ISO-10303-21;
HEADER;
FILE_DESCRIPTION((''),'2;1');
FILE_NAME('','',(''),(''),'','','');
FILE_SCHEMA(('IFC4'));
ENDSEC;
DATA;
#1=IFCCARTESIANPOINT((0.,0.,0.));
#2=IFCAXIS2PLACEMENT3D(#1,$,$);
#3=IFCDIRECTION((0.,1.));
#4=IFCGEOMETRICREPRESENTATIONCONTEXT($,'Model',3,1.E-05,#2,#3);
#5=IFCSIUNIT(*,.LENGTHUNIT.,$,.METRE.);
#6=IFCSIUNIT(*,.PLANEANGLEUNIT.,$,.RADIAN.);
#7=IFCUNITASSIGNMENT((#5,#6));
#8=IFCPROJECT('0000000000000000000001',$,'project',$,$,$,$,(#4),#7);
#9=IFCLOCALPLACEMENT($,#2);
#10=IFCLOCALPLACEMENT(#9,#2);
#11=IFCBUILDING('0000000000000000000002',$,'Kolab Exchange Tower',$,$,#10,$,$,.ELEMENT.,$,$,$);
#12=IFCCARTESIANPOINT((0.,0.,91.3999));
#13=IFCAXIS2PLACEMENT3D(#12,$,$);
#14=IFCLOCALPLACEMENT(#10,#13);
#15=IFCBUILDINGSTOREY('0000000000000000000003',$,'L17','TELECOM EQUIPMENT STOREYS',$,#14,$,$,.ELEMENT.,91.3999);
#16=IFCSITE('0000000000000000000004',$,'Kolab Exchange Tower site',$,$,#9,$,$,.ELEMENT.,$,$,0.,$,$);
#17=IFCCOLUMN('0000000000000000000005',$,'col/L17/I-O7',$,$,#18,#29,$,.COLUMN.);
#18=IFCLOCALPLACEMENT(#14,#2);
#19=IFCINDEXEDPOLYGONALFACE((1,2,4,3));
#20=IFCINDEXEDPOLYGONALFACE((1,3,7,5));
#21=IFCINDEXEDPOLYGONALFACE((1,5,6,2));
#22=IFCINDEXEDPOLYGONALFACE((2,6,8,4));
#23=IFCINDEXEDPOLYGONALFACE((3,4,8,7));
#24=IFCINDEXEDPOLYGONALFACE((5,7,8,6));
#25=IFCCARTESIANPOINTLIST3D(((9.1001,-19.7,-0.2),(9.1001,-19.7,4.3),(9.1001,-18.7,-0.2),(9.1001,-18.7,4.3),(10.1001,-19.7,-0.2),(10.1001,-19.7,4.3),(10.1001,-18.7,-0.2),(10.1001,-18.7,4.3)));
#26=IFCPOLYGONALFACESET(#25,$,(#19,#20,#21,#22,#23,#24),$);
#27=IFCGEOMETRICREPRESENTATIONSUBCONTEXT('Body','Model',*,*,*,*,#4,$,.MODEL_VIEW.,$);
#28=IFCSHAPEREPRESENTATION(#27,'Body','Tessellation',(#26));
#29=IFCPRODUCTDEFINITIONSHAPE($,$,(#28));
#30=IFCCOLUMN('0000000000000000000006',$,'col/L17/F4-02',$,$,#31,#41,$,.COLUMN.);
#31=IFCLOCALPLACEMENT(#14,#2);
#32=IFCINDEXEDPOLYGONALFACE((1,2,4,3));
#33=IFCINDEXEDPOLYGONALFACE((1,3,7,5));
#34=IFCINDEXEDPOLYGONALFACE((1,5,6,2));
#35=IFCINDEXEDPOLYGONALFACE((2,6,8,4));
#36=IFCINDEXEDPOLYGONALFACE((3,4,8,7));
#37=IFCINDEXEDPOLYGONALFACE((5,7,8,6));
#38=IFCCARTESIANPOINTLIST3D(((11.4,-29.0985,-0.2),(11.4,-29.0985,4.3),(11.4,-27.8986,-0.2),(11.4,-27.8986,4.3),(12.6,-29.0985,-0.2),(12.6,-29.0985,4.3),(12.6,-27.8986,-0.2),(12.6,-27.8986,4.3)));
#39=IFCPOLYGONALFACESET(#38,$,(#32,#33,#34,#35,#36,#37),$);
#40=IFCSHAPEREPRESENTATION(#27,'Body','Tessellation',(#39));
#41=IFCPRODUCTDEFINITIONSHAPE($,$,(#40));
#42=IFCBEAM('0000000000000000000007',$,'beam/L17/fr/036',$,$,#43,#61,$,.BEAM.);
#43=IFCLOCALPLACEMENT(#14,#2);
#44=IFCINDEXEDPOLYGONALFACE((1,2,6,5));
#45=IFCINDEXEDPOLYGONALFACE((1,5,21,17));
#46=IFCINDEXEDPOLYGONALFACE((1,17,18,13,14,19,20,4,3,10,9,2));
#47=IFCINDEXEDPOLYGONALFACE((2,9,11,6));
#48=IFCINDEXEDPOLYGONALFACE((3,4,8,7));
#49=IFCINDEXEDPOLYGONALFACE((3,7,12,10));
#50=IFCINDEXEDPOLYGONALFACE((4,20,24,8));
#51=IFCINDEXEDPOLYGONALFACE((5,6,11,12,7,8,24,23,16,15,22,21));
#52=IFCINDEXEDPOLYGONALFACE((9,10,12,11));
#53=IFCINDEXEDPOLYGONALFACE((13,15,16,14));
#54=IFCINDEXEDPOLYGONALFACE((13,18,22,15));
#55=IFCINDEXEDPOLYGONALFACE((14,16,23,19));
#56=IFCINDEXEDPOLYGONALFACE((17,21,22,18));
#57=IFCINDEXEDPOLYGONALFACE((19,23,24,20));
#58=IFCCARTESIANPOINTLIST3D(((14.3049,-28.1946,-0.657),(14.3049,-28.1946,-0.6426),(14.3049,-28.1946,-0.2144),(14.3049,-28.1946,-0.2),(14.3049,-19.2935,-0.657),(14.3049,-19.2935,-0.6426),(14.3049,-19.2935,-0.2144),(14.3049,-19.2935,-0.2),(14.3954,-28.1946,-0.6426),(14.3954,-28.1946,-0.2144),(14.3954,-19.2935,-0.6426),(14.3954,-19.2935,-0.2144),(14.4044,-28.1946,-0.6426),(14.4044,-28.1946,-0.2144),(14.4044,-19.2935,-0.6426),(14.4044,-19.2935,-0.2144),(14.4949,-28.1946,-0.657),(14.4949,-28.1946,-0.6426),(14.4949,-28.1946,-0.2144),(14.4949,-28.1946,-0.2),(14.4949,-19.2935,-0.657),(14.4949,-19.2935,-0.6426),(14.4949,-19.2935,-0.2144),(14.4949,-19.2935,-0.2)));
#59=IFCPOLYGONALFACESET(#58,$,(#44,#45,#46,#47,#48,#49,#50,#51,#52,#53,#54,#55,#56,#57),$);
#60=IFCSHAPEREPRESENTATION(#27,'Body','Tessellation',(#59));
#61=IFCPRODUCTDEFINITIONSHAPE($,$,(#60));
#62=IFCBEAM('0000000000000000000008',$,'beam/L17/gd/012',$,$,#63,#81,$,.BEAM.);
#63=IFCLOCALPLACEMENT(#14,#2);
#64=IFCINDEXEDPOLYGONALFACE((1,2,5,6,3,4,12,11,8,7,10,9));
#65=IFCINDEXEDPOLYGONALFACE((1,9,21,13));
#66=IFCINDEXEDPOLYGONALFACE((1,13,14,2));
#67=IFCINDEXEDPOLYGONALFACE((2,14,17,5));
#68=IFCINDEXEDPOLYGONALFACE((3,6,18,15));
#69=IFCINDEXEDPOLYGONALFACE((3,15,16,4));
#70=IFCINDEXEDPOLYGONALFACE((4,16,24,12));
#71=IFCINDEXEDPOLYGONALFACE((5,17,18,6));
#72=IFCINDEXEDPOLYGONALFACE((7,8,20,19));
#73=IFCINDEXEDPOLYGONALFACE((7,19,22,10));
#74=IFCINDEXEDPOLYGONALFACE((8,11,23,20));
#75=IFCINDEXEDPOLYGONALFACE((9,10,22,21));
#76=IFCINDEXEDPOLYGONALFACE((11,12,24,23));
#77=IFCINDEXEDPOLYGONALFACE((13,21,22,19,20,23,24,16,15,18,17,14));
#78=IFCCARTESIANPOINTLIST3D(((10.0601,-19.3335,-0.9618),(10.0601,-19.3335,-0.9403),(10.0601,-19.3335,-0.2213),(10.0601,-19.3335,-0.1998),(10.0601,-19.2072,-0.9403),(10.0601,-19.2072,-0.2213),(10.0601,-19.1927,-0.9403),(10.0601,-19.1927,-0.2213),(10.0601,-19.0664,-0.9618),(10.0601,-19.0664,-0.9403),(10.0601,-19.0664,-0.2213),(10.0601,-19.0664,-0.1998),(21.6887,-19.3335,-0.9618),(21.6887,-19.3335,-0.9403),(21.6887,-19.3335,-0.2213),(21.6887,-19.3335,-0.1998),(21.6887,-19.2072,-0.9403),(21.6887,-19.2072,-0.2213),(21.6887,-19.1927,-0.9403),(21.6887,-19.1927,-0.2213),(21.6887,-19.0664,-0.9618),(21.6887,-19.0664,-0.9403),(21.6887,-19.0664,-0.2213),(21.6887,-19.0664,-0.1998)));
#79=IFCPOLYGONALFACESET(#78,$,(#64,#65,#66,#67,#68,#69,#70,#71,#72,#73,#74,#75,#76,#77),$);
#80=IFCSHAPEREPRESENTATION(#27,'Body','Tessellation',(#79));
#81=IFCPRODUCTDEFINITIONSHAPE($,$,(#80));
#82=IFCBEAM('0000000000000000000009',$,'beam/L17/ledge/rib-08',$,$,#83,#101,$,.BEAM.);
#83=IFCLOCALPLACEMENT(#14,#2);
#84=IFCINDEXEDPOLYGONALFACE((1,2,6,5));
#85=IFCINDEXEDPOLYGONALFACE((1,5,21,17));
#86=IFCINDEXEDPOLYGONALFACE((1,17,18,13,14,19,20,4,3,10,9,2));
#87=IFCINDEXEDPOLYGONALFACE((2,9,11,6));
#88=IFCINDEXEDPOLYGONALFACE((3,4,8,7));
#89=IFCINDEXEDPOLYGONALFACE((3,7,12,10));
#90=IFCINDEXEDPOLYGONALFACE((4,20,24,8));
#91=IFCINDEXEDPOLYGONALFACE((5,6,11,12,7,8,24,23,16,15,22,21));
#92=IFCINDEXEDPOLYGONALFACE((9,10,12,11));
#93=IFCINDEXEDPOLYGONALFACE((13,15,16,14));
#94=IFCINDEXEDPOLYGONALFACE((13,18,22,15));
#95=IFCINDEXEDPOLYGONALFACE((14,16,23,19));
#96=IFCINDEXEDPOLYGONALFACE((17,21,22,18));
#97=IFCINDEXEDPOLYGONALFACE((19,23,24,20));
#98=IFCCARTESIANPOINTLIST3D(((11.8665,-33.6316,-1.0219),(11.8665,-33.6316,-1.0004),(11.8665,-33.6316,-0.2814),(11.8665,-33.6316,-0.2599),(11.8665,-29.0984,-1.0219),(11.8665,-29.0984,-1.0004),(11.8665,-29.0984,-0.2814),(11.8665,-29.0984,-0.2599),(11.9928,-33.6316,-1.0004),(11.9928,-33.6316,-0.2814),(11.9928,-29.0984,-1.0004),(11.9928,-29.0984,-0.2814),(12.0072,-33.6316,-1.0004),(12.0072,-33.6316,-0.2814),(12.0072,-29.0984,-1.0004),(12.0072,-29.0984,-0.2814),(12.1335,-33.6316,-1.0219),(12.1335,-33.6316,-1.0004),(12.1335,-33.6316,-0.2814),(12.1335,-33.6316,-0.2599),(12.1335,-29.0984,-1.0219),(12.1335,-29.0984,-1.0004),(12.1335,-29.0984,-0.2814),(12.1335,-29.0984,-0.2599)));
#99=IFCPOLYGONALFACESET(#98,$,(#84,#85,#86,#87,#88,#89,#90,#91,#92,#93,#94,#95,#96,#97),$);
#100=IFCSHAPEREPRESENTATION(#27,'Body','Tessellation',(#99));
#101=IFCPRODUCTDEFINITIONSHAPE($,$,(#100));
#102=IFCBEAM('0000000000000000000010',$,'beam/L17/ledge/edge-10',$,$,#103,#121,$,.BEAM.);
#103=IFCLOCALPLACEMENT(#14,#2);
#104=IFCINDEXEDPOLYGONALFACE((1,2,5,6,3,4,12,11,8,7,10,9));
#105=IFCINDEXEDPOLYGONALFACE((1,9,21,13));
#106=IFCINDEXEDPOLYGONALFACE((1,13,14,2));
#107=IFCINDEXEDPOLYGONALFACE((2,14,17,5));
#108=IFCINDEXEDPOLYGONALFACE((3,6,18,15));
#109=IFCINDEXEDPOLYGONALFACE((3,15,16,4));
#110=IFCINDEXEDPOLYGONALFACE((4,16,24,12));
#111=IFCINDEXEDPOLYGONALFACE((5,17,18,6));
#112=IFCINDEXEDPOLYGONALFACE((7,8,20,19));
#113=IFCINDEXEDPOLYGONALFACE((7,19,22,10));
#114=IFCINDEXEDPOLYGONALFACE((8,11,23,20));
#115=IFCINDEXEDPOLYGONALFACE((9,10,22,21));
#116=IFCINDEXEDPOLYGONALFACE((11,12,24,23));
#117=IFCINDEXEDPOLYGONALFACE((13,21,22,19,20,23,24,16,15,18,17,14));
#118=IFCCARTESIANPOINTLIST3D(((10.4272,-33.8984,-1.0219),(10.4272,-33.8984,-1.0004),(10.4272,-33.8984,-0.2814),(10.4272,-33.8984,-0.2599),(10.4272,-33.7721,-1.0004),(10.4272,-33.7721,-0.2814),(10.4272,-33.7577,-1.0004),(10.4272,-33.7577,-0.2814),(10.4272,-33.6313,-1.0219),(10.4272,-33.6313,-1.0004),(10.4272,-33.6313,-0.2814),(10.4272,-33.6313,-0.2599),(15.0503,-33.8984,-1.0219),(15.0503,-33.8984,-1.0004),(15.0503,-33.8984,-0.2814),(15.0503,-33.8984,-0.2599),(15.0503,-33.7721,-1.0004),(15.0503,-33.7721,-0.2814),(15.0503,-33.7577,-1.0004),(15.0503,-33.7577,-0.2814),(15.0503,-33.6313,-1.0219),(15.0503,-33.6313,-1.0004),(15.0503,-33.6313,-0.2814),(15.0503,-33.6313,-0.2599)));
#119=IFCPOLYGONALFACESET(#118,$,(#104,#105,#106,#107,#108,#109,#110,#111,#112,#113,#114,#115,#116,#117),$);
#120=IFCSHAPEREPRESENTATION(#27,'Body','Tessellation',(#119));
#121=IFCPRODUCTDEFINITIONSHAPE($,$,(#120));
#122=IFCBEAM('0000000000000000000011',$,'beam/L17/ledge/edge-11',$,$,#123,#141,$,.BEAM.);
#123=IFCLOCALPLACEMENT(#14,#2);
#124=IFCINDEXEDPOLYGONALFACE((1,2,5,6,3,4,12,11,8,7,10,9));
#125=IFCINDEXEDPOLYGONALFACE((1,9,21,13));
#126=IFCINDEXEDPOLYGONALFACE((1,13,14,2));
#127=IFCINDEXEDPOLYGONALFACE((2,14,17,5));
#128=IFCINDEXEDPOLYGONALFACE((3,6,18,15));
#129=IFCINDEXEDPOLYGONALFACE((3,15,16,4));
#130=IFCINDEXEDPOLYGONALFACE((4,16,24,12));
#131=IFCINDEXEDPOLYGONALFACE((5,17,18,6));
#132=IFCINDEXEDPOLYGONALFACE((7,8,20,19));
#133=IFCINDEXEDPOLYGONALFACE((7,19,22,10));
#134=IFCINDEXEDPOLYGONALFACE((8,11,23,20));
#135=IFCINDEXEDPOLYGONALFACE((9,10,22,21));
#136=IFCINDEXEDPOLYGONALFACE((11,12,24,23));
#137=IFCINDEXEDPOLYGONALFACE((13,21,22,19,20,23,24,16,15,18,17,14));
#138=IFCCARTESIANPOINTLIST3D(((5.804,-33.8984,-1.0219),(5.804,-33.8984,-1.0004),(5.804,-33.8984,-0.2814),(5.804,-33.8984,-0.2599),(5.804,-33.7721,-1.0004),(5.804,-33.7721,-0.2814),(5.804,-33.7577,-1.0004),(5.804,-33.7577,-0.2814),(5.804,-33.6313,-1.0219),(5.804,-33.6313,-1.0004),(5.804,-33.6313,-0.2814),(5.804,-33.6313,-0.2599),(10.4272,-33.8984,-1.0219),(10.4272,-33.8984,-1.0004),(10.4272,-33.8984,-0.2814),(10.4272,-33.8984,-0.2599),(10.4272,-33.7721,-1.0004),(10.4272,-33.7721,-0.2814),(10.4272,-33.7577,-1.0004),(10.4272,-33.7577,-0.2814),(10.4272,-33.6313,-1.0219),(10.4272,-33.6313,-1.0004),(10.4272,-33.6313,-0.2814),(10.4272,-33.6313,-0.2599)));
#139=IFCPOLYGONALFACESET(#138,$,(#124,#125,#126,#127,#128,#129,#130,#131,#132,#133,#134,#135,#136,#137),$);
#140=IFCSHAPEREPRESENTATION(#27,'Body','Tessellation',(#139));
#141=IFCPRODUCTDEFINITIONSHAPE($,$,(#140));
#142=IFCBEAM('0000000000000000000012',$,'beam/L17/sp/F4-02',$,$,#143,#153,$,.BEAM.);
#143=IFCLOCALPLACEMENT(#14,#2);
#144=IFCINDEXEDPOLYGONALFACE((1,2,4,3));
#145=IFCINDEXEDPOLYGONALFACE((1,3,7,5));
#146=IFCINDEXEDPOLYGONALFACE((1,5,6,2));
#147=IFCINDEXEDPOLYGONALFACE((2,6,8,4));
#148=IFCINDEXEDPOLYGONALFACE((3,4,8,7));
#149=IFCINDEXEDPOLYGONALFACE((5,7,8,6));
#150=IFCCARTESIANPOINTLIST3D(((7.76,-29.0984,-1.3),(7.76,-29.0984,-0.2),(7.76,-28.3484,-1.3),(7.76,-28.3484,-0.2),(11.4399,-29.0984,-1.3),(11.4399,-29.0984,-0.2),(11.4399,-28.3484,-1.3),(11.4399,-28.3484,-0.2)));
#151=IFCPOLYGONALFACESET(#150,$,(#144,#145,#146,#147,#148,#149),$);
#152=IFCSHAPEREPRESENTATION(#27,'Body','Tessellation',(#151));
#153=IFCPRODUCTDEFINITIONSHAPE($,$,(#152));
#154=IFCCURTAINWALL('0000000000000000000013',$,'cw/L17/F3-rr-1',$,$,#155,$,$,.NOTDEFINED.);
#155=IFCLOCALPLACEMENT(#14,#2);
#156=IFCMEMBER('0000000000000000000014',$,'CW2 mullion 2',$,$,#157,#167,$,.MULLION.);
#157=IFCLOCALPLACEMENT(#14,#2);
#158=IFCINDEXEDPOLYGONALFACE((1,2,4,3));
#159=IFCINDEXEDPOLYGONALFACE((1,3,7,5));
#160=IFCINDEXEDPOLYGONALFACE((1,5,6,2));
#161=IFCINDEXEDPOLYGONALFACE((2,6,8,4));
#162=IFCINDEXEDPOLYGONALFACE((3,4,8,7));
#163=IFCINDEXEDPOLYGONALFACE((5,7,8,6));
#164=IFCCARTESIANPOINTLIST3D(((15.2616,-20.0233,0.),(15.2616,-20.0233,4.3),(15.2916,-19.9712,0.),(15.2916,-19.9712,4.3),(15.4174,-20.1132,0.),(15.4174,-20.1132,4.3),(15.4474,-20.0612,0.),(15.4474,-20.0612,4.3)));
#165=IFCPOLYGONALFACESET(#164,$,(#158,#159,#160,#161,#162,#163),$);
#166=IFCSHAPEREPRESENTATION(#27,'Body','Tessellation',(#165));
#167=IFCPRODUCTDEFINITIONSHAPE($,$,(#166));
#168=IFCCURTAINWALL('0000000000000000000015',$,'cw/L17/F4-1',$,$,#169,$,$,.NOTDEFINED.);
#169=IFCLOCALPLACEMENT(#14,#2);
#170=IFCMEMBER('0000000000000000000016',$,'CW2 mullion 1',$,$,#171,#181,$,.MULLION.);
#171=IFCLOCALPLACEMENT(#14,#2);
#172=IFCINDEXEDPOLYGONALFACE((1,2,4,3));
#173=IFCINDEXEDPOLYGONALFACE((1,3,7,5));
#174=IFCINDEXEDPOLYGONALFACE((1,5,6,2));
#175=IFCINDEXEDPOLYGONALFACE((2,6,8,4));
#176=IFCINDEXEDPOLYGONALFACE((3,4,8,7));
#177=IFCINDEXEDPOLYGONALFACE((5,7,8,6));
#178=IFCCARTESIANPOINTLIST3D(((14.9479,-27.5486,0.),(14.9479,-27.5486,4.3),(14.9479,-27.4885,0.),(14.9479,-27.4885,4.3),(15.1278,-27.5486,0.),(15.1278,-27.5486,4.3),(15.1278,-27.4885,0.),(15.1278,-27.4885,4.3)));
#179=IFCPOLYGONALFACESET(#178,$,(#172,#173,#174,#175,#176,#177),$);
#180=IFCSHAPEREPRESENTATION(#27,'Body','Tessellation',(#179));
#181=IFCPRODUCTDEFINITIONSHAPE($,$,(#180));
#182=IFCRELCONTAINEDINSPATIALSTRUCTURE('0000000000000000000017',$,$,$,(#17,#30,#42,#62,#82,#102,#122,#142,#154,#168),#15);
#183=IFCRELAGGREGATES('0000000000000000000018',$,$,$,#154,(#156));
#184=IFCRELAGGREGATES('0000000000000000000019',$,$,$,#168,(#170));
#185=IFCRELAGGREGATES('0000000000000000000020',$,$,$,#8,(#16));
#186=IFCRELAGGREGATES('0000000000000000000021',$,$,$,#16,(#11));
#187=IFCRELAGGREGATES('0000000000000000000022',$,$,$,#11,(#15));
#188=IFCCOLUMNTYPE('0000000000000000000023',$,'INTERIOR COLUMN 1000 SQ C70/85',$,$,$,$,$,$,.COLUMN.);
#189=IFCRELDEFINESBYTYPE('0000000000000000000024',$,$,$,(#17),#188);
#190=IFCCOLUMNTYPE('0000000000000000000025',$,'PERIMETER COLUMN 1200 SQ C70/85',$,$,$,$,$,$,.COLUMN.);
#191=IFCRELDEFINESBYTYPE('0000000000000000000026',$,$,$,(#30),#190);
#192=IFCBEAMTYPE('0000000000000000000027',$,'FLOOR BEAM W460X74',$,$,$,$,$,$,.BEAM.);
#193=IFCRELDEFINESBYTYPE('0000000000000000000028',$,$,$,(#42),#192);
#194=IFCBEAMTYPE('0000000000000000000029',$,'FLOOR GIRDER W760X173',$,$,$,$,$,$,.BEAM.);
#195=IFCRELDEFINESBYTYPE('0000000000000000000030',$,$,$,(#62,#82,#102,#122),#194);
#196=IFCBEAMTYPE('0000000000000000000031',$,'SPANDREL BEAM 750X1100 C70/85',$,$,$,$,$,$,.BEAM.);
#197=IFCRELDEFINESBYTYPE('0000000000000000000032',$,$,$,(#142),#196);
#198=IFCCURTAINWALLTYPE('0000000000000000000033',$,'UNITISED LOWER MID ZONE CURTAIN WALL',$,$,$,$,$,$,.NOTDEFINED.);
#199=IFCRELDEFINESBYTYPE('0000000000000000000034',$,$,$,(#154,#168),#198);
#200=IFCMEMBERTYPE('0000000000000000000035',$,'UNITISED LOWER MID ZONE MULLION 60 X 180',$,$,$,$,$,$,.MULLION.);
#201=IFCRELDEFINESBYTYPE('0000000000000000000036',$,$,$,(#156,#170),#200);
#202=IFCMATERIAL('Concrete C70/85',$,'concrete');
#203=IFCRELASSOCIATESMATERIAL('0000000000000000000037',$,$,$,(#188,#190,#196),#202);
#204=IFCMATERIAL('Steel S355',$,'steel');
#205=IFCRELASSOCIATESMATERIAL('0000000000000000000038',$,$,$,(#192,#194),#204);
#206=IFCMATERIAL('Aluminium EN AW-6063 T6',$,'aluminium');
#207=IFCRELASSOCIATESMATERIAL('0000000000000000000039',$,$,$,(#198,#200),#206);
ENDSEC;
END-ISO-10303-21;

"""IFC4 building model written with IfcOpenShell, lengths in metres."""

from ifc_helpers import new_model, si_unit, direction, frame, origin, origin_2d, place, context, subcontext, project, spatial, rectangle, i_section, extrude, material, material_profile, profile_set, type_object, element, aggregate, save


model = new_model("IFC4")

# Units and contexts
model_context = context("Model", 3, precision=1e-05, world=origin(), true_north=direction((0.0, 1.0)))
body_context = subcontext(model_context, "Body", "Model", "MODEL_VIEW")
ifc_project = project(units=[si_unit("LENGTHUNIT", "METRE"), si_unit("PLANEANGLEUNIT", "RADIAN")], contexts=[model_context])

# Site, building, storey
site_placement = place(None, origin())
site = spatial("IfcSite", under=ifc_project, at=site_placement, Name="Kolab Exchange Tower site", CompositionType="ELEMENT", RefElevation=0.0)
building_placement = place(site_placement, origin())
building = spatial("IfcBuilding", under=site, at=building_placement, Name="Kolab Exchange Tower", CompositionType="ELEMENT")
storey_placement = place(building_placement, frame((0.0, 0.0, 91.3999)))
storey = spatial("IfcBuildingStorey", under=building, at=storey_placement, Name="L17", Description="TELECOM EQUIPMENT STOREYS", CompositionType="ELEMENT", Elevation=91.3999)

# Columns
ifc_material_1 = material(Name="Concrete C70/85", Category="concrete")
ifc_material_profile_1 = material_profile(ifc_material_1, rectangle(XDim=1.0, YDim=1.0, at=origin_2d()), Name="RC1000")
ifc_profile_set_1 = profile_set([ifc_material_profile_1], Name="Concrete C70/85")
column_type_1 = type_object("IfcColumnType", Name="INTERIOR COLUMN 1000 SQ C70/85", PredefinedType="COLUMN", material=ifc_profile_set_1)
column_1_placement = place(storey_placement, frame((9.6001, -19.2, -0.2), z_axis=(0.0, 0.0, 1.0), x_axis=(1.0, 0.0, 0.0)))
element("IfcColumn", 1, at=column_1_placement, inside=storey, type_object=column_type_1, Name="col/L17/I-O7", PredefinedType="COLUMN", context=body_context, shape_type="SweptSolid", body=[
    extrude(rectangle(XDim=1.0, YDim=1.0, at=origin_2d()), origin(), (0.0, 0.0, 1.0), 4.5),
])
ifc_material_profile_2 = material_profile(ifc_material_1, rectangle(XDim=1.2, YDim=1.2, at=origin_2d()), Name="RC1200")
ifc_profile_set_2 = profile_set([ifc_material_profile_2], Name="Concrete C70/85")
column_type_2 = type_object("IfcColumnType", Name="PERIMETER COLUMN 1200 SQ C70/85", PredefinedType="COLUMN", material=ifc_profile_set_2)
column_2_placement = place(storey_placement, frame((12.0, -28.4985, -0.2), z_axis=(0.0, 0.0, 1.0), x_axis=(1.0, 0.0, 0.0)))
element("IfcColumn", 2, at=column_2_placement, inside=storey, type_object=column_type_2, Name="col/L17/F4-02", PredefinedType="COLUMN", context=body_context, shape_type="SweptSolid", body=[
    extrude(rectangle(XDim=1.2, YDim=1.2, at=origin_2d()), origin(), (0.0, 0.0, 1.0), 4.5),
])

# Beams
ifc_material_2 = material(Name="Steel S355", Category="steel")
ifc_material_profile_3 = material_profile(ifc_material_2, i_section(OverallWidth=0.1899, OverallDepth=0.457, WebThickness=0.009, FlangeThickness=0.0144, at=origin_2d()), Name="W460X74")
ifc_profile_set_3 = profile_set([ifc_material_profile_3], Name="Steel S355")
beam_type_1 = type_object("IfcBeamType", Name="FLOOR BEAM W460X74", PredefinedType="BEAM", material=ifc_profile_set_3)
beam_1_placement = place(storey_placement, frame((14.3999, -28.1946, -0.4285), z_axis=(0.0, 1.0, 0.0), x_axis=(-1.0, 0.0, 0.0)))
element("IfcBeam", 3, at=beam_1_placement, inside=storey, type_object=beam_type_1, Name="beam/L17/fr/036", PredefinedType="BEAM", context=body_context, shape_type="SweptSolid", body=[
    extrude(i_section(OverallWidth=0.1899, OverallDepth=0.457, WebThickness=0.009, FlangeThickness=0.0144, at=origin_2d()), origin(), (0.0, 0.0, 1.0), 8.9011),
])
ifc_material_profile_4 = material_profile(ifc_material_2, i_section(OverallWidth=0.2671, OverallDepth=0.762, WebThickness=0.0144, FlangeThickness=0.0215, at=origin_2d()), Name="W760X173")
ifc_profile_set_4 = profile_set([ifc_material_profile_4], Name="Steel S355")
beam_type_2 = type_object("IfcBeamType", Name="FLOOR GIRDER W760X173", PredefinedType="BEAM", material=ifc_profile_set_4)
beam_2_placement = place(storey_placement, frame((10.0601, -19.2, -0.5808), z_axis=(1.0, 0.0, 0.0), x_axis=(0.0, 1.0, 0.0)))
element("IfcBeam", 4, at=beam_2_placement, inside=storey, type_object=beam_type_2, Name="beam/L17/gd/012", PredefinedType="BEAM", context=body_context, shape_type="SweptSolid", body=[
    extrude(i_section(OverallWidth=0.2671, OverallDepth=0.762, WebThickness=0.0144, FlangeThickness=0.0215, at=origin_2d()), origin(), (0.0, 0.0, 1.0), 11.6287),
])
beam_3_placement = place(storey_placement, frame((12.0, -29.0984, -0.6409), z_axis=(0.0, -1.0, 0.0), x_axis=(1.0, 0.0, 0.0)))
element("IfcBeam", 5, at=beam_3_placement, inside=storey, type_object=beam_type_2, Name="beam/L17/ledge/rib-08", PredefinedType="BEAM", context=body_context, shape_type="SweptSolid", body=[
    extrude(i_section(OverallWidth=0.2671, OverallDepth=0.762, WebThickness=0.0144, FlangeThickness=0.0215, at=origin_2d()), origin(), (0.0, 0.0, 1.0), 4.5332),
])
beam_4_placement = place(storey_placement, frame((15.0503, -33.7649, -0.6409), z_axis=(-1.0, 0.0, 0.0), x_axis=(0.0, -1.0, 0.0)))
element("IfcBeam", 6, at=beam_4_placement, inside=storey, type_object=beam_type_2, Name="beam/L17/ledge/edge-10", PredefinedType="BEAM", context=body_context, shape_type="SweptSolid", body=[
    extrude(i_section(OverallWidth=0.2671, OverallDepth=0.762, WebThickness=0.0144, FlangeThickness=0.0215, at=origin_2d()), origin(), (0.0, 0.0, 1.0), 4.623),
])
beam_5_placement = place(storey_placement, frame((10.4272, -33.7649, -0.6409), z_axis=(-1.0, 0.0, 0.0), x_axis=(0.0, -1.0, 0.0)))
element("IfcBeam", 7, at=beam_5_placement, inside=storey, type_object=beam_type_2, Name="beam/L17/ledge/edge-11", PredefinedType="BEAM", context=body_context, shape_type="SweptSolid", body=[
    extrude(i_section(OverallWidth=0.2671, OverallDepth=0.762, WebThickness=0.0144, FlangeThickness=0.0215, at=origin_2d()), origin(), (0.0, 0.0, 1.0), 4.6233),
])
ifc_material_profile_5 = material_profile(ifc_material_1, rectangle(XDim=0.75, YDim=1.1001, at=origin_2d()), Name="RC750X1100")
ifc_profile_set_5 = profile_set([ifc_material_profile_5], Name="Concrete C70/85")
beam_type_3 = type_object("IfcBeamType", Name="SPANDREL BEAM 750X1100 C70/85", PredefinedType="BEAM", material=ifc_profile_set_5)
beam_6_placement = place(storey_placement, frame((11.4399, -28.7234, -0.75), z_axis=(-1.0, 0.0, 0.0), x_axis=(0.0, -1.0, 0.0)))
element("IfcBeam", 8, at=beam_6_placement, inside=storey, type_object=beam_type_3, Name="beam/L17/sp/F4-02", PredefinedType="BEAM", context=body_context, shape_type="SweptSolid", body=[
    extrude(rectangle(XDim=0.75, YDim=1.1001, at=origin_2d()), origin(), (0.0, 0.0, 1.0), 3.6799),
])

# Curtain wall, member
ifc_material_3 = material(Name="Aluminium EN AW-6063 T6", Category="aluminium")
curtain_wall_type = type_object("IfcCurtainWallType", Name="UNITISED LOWER MID ZONE CURTAIN WALL", PredefinedType="NOTDEFINED", material=ifc_material_3)
curtain_wall_1_placement = place(storey_placement, origin())
curtain_wall_1 = element("IfcCurtainWall", 9, at=curtain_wall_1_placement, inside=storey, type_object=curtain_wall_type, Name="cw/L17/F3-rr-1", PredefinedType="NOTDEFINED")
ifc_material_profile_6 = material_profile(ifc_material_3, rectangle(XDim=0.0601, YDim=0.1799, at=origin_2d()), Name="RECT 60X180")
ifc_profile_set_6 = profile_set([ifc_material_profile_6], Name="Aluminium EN AW-6063 T6")
member_type_1 = type_object("IfcMemberType", Name="UNITISED LOWER MID ZONE MULLION 60 X 180", PredefinedType="MULLION", material=ifc_profile_set_6)
member_1_placement = place(storey_placement, frame((15.3545, -20.0422, 0.0), z_axis=(0.0, 0.0, 1.0), x_axis=(0.5, 0.866025, 0.0)))
member_1 = element("IfcMember", 10, at=member_1_placement, type_object=member_type_1, Name="CW2 mullion 2", PredefinedType="MULLION", context=body_context, shape_type="SweptSolid", body=[
    extrude(rectangle(XDim=0.0601, YDim=0.1799, at=origin_2d()), origin(), (0.0, 0.0, 1.0), 4.3),
])

# Curtain wall, member
curtain_wall_2_placement = place(storey_placement, origin())
curtain_wall_2 = element("IfcCurtainWall", 11, at=curtain_wall_2_placement, inside=storey, type_object=curtain_wall_type, Name="cw/L17/F4-1", PredefinedType="NOTDEFINED")
member_2_placement = place(storey_placement, frame((15.0378, -27.5186, 0.0), z_axis=(0.0, 0.0, 1.0), x_axis=(0.0, -1.0, 0.0)))
member_2 = element("IfcMember", 12, at=member_2_placement, type_object=member_type_1, Name="CW2 mullion 1", PredefinedType="MULLION", context=body_context, shape_type="SweptSolid", body=[
    extrude(rectangle(XDim=0.0601, YDim=0.1799, at=origin_2d()), origin(), (0.0, 0.0, 1.0), 4.3),
])

aggregate(curtain_wall_1, [member_1])

aggregate(curtain_wall_2, [member_2])

save(model, "model.ifc")
